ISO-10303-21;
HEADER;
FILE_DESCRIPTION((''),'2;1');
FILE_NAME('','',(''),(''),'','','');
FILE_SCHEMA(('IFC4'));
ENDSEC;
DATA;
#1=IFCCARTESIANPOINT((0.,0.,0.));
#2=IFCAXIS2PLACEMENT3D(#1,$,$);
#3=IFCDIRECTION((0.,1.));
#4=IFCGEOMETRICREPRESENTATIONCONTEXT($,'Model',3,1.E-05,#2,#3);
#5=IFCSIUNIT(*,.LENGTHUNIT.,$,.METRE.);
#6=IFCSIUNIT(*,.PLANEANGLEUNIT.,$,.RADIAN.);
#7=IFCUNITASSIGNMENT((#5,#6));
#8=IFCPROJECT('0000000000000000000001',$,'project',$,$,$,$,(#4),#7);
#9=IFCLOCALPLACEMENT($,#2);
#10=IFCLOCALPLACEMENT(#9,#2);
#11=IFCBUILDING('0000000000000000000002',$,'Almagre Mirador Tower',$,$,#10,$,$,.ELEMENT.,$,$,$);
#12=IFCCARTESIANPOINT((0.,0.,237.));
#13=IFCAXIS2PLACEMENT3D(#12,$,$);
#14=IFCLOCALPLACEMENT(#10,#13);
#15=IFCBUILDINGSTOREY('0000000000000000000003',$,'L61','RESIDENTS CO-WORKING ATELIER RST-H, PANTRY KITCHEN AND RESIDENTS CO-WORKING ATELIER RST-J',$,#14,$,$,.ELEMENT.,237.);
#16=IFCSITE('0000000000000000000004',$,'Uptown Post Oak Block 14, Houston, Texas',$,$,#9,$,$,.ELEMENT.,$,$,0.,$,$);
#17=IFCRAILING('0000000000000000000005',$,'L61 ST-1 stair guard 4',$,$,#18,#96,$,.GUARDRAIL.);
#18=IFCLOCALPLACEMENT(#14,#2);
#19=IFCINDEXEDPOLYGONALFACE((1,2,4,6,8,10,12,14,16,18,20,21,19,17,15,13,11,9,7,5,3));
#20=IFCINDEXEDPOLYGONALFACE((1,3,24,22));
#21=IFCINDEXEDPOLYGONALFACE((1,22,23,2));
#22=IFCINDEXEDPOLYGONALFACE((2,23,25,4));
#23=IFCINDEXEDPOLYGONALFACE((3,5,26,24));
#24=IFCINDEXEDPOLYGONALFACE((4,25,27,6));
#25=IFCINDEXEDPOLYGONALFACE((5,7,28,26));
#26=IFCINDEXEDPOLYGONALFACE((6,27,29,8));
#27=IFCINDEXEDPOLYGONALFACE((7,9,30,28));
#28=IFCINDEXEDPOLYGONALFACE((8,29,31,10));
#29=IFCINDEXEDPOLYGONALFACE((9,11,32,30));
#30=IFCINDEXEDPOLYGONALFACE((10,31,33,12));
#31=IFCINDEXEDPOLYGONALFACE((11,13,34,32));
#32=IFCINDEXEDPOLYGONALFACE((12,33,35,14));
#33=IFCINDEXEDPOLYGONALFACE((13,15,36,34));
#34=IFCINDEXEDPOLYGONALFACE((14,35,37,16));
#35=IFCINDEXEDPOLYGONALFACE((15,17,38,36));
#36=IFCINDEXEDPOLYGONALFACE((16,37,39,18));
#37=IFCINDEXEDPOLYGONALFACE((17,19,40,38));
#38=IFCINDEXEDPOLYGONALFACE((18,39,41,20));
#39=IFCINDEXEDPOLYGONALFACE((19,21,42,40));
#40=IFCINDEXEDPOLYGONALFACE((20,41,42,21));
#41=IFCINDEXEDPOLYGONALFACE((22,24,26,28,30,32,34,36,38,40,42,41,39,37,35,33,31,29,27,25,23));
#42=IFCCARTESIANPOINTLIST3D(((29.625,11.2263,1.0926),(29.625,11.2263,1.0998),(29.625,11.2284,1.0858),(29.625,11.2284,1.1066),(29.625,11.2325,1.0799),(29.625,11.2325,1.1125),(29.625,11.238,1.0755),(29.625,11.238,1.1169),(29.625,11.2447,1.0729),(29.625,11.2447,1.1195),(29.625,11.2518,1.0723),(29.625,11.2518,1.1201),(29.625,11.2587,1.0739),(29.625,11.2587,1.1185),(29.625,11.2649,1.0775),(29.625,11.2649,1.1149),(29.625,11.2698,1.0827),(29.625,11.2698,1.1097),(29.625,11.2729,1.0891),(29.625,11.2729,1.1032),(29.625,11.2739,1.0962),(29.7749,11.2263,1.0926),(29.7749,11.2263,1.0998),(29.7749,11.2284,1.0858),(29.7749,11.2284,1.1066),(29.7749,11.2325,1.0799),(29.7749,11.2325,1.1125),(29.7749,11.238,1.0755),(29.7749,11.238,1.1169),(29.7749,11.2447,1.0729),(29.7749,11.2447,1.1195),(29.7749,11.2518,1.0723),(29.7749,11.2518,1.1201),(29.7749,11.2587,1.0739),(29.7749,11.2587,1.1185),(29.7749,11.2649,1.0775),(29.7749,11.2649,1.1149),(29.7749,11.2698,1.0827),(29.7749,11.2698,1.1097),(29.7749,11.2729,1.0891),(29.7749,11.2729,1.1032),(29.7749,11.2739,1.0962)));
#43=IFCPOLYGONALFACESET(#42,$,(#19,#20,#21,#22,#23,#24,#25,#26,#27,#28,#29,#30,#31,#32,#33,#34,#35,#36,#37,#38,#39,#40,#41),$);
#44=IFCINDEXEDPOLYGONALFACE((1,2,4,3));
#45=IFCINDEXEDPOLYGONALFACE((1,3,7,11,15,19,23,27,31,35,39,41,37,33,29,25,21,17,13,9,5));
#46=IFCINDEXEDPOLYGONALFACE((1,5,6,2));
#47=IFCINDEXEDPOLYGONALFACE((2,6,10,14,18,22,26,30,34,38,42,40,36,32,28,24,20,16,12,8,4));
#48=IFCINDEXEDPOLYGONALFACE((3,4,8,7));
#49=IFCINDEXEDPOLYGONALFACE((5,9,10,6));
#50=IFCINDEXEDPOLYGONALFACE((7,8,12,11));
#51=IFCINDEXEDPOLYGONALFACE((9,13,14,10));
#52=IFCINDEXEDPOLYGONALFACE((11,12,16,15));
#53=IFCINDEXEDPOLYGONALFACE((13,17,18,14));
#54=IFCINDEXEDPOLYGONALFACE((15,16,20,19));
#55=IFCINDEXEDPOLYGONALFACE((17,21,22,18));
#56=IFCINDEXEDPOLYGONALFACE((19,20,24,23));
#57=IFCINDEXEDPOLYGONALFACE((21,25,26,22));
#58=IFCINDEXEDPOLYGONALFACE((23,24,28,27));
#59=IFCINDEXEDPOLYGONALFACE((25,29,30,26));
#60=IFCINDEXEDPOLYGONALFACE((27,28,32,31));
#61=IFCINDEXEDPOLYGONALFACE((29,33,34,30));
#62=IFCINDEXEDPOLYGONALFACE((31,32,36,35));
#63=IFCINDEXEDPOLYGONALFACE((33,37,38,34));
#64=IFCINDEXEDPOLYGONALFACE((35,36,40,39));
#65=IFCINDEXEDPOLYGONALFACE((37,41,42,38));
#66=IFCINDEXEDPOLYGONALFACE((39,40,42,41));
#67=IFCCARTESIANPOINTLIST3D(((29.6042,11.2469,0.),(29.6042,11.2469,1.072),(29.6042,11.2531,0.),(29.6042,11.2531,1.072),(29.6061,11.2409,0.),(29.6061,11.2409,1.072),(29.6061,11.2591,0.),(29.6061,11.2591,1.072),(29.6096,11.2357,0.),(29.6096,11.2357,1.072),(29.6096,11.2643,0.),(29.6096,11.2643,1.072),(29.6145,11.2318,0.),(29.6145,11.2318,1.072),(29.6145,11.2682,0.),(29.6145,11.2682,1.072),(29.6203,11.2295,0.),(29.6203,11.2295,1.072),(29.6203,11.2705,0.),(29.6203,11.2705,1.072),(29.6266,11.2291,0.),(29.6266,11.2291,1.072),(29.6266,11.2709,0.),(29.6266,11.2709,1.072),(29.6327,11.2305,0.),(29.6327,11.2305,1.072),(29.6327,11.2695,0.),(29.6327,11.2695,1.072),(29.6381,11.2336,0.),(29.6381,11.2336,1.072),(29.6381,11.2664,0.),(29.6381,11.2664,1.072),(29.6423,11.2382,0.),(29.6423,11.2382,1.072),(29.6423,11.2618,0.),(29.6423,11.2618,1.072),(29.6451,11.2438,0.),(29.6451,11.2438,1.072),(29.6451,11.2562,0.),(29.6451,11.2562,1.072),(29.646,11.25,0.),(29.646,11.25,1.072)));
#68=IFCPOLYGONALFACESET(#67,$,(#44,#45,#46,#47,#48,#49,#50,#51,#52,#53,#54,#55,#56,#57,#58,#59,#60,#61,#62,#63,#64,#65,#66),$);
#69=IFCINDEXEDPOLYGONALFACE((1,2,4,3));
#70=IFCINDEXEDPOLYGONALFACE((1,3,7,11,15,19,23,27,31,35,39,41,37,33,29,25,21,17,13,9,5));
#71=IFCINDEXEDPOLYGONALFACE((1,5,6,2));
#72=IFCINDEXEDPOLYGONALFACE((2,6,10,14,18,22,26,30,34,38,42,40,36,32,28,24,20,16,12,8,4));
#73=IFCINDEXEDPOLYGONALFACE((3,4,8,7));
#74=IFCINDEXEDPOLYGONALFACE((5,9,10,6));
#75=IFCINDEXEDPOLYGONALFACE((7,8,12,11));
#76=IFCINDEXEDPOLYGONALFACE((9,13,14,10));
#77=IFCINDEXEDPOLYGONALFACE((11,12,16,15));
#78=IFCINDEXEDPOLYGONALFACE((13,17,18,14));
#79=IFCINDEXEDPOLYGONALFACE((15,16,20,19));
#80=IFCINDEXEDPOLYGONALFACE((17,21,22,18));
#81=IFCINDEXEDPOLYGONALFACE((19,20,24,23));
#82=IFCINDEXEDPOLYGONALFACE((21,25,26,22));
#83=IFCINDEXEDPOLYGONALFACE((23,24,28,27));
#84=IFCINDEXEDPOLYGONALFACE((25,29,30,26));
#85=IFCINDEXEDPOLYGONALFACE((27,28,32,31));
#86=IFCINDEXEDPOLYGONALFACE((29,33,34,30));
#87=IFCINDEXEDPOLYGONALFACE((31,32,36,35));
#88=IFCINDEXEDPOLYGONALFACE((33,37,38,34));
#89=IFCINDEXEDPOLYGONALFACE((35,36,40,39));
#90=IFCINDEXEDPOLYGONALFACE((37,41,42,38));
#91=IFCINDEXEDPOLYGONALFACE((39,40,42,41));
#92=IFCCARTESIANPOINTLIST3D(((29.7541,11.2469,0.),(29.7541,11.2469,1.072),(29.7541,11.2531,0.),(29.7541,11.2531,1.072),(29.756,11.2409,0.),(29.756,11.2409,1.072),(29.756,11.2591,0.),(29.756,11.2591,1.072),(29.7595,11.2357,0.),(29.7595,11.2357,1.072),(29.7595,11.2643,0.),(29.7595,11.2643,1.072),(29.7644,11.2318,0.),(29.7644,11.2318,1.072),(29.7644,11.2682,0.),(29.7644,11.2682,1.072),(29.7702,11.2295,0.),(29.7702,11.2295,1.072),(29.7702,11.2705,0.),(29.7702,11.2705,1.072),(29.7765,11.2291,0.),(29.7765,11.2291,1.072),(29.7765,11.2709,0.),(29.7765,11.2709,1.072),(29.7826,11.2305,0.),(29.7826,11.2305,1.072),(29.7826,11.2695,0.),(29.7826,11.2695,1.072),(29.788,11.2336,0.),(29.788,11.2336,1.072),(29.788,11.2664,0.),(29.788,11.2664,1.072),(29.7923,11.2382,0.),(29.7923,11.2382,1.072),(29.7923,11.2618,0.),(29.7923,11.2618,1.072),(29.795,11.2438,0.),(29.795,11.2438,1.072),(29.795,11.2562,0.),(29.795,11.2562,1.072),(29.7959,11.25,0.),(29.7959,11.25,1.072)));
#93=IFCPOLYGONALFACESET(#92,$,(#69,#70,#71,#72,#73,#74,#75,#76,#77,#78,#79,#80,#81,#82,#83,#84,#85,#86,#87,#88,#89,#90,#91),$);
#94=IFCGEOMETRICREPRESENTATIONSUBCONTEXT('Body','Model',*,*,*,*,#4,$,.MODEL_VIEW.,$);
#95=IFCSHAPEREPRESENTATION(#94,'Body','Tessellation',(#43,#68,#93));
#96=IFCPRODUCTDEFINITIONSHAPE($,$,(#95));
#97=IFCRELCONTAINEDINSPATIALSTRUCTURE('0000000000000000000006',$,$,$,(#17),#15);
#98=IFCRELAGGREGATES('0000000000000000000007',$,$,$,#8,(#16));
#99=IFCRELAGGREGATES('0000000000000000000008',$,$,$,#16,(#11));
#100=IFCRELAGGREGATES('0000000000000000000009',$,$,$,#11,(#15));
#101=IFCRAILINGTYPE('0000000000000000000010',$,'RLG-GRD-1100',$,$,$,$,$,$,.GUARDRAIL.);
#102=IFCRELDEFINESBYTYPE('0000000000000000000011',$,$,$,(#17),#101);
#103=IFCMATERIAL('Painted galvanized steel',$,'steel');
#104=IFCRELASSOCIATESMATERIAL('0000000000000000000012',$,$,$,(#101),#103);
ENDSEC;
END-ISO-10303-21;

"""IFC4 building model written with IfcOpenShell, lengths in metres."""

from ifc_helpers import new_model, si_unit, direction, frame, origin, origin_2d, place, context, subcontext, project, spatial, circle, extrude, material, type_object, element, save


model = new_model("IFC4")

# Units and contexts
model_context = context("Model", 3, precision=1e-05, world=origin(), true_north=direction((0.0, 1.0)))
body_context = subcontext(model_context, "Body", "Model", "MODEL_VIEW")
ifc_project = project(units=[si_unit("LENGTHUNIT", "METRE"), si_unit("PLANEANGLEUNIT", "RADIAN")], contexts=[model_context])

# Site, building, storey
site_placement = place(None, origin())
site = spatial("IfcSite", under=ifc_project, at=site_placement, Name="Uptown Post Oak Block 14, Houston, Texas", CompositionType="ELEMENT", RefElevation=0.0)
building_placement = place(site_placement, origin())
building = spatial("IfcBuilding", under=site, at=building_placement, Name="Almagre Mirador Tower", CompositionType="ELEMENT")
storey_placement = place(building_placement, frame((0.0, 0.0, 237.0)))
storey = spatial("IfcBuildingStorey", under=building, at=storey_placement, Name="L61", Description="RESIDENTS CO-WORKING ATELIER RST-H, PANTRY KITCHEN AND RESIDENTS CO-WORKING ATELIER RST-J", CompositionType="ELEMENT", Elevation=237.0)

# Railing
ifc_material_1 = material(Name="Painted galvanized steel", Category="steel")
railing_type_1 = type_object("IfcRailingType", Name="RLG-GRD-1100", PredefinedType="GUARDRAIL", material=ifc_material_1)
railing_1_placement = place(storey_placement, frame((29.625, 11.25, 0.0)))
element("IfcRailing", 1, at=railing_1_placement, inside=storey, type_object=railing_type_1, Name="L61 ST-1 stair guard 4", PredefinedType="GUARDRAIL", context=body_context, shape_type="SweptSolid", body=[
    extrude(circle(Radius=0.0239, at=origin_2d()), frame((0.0, 0.0, 1.0962), z_axis=(1.0, 0.0, 0.0), x_axis=(0.0, 1.0, 0.0)), (0.0, 0.0, 1.0), 0.1499),
    extrude(circle(Radius=0.021, at=origin_2d()), origin(), (0.0, 0.0, 1.0), 1.072),
    extrude(circle(Radius=0.021, at=origin_2d()), frame((0.1499, 0.0, 0.0)), (0.0, 0.0, 1.0), 1.072),
])

save(model, "model.ifc")
